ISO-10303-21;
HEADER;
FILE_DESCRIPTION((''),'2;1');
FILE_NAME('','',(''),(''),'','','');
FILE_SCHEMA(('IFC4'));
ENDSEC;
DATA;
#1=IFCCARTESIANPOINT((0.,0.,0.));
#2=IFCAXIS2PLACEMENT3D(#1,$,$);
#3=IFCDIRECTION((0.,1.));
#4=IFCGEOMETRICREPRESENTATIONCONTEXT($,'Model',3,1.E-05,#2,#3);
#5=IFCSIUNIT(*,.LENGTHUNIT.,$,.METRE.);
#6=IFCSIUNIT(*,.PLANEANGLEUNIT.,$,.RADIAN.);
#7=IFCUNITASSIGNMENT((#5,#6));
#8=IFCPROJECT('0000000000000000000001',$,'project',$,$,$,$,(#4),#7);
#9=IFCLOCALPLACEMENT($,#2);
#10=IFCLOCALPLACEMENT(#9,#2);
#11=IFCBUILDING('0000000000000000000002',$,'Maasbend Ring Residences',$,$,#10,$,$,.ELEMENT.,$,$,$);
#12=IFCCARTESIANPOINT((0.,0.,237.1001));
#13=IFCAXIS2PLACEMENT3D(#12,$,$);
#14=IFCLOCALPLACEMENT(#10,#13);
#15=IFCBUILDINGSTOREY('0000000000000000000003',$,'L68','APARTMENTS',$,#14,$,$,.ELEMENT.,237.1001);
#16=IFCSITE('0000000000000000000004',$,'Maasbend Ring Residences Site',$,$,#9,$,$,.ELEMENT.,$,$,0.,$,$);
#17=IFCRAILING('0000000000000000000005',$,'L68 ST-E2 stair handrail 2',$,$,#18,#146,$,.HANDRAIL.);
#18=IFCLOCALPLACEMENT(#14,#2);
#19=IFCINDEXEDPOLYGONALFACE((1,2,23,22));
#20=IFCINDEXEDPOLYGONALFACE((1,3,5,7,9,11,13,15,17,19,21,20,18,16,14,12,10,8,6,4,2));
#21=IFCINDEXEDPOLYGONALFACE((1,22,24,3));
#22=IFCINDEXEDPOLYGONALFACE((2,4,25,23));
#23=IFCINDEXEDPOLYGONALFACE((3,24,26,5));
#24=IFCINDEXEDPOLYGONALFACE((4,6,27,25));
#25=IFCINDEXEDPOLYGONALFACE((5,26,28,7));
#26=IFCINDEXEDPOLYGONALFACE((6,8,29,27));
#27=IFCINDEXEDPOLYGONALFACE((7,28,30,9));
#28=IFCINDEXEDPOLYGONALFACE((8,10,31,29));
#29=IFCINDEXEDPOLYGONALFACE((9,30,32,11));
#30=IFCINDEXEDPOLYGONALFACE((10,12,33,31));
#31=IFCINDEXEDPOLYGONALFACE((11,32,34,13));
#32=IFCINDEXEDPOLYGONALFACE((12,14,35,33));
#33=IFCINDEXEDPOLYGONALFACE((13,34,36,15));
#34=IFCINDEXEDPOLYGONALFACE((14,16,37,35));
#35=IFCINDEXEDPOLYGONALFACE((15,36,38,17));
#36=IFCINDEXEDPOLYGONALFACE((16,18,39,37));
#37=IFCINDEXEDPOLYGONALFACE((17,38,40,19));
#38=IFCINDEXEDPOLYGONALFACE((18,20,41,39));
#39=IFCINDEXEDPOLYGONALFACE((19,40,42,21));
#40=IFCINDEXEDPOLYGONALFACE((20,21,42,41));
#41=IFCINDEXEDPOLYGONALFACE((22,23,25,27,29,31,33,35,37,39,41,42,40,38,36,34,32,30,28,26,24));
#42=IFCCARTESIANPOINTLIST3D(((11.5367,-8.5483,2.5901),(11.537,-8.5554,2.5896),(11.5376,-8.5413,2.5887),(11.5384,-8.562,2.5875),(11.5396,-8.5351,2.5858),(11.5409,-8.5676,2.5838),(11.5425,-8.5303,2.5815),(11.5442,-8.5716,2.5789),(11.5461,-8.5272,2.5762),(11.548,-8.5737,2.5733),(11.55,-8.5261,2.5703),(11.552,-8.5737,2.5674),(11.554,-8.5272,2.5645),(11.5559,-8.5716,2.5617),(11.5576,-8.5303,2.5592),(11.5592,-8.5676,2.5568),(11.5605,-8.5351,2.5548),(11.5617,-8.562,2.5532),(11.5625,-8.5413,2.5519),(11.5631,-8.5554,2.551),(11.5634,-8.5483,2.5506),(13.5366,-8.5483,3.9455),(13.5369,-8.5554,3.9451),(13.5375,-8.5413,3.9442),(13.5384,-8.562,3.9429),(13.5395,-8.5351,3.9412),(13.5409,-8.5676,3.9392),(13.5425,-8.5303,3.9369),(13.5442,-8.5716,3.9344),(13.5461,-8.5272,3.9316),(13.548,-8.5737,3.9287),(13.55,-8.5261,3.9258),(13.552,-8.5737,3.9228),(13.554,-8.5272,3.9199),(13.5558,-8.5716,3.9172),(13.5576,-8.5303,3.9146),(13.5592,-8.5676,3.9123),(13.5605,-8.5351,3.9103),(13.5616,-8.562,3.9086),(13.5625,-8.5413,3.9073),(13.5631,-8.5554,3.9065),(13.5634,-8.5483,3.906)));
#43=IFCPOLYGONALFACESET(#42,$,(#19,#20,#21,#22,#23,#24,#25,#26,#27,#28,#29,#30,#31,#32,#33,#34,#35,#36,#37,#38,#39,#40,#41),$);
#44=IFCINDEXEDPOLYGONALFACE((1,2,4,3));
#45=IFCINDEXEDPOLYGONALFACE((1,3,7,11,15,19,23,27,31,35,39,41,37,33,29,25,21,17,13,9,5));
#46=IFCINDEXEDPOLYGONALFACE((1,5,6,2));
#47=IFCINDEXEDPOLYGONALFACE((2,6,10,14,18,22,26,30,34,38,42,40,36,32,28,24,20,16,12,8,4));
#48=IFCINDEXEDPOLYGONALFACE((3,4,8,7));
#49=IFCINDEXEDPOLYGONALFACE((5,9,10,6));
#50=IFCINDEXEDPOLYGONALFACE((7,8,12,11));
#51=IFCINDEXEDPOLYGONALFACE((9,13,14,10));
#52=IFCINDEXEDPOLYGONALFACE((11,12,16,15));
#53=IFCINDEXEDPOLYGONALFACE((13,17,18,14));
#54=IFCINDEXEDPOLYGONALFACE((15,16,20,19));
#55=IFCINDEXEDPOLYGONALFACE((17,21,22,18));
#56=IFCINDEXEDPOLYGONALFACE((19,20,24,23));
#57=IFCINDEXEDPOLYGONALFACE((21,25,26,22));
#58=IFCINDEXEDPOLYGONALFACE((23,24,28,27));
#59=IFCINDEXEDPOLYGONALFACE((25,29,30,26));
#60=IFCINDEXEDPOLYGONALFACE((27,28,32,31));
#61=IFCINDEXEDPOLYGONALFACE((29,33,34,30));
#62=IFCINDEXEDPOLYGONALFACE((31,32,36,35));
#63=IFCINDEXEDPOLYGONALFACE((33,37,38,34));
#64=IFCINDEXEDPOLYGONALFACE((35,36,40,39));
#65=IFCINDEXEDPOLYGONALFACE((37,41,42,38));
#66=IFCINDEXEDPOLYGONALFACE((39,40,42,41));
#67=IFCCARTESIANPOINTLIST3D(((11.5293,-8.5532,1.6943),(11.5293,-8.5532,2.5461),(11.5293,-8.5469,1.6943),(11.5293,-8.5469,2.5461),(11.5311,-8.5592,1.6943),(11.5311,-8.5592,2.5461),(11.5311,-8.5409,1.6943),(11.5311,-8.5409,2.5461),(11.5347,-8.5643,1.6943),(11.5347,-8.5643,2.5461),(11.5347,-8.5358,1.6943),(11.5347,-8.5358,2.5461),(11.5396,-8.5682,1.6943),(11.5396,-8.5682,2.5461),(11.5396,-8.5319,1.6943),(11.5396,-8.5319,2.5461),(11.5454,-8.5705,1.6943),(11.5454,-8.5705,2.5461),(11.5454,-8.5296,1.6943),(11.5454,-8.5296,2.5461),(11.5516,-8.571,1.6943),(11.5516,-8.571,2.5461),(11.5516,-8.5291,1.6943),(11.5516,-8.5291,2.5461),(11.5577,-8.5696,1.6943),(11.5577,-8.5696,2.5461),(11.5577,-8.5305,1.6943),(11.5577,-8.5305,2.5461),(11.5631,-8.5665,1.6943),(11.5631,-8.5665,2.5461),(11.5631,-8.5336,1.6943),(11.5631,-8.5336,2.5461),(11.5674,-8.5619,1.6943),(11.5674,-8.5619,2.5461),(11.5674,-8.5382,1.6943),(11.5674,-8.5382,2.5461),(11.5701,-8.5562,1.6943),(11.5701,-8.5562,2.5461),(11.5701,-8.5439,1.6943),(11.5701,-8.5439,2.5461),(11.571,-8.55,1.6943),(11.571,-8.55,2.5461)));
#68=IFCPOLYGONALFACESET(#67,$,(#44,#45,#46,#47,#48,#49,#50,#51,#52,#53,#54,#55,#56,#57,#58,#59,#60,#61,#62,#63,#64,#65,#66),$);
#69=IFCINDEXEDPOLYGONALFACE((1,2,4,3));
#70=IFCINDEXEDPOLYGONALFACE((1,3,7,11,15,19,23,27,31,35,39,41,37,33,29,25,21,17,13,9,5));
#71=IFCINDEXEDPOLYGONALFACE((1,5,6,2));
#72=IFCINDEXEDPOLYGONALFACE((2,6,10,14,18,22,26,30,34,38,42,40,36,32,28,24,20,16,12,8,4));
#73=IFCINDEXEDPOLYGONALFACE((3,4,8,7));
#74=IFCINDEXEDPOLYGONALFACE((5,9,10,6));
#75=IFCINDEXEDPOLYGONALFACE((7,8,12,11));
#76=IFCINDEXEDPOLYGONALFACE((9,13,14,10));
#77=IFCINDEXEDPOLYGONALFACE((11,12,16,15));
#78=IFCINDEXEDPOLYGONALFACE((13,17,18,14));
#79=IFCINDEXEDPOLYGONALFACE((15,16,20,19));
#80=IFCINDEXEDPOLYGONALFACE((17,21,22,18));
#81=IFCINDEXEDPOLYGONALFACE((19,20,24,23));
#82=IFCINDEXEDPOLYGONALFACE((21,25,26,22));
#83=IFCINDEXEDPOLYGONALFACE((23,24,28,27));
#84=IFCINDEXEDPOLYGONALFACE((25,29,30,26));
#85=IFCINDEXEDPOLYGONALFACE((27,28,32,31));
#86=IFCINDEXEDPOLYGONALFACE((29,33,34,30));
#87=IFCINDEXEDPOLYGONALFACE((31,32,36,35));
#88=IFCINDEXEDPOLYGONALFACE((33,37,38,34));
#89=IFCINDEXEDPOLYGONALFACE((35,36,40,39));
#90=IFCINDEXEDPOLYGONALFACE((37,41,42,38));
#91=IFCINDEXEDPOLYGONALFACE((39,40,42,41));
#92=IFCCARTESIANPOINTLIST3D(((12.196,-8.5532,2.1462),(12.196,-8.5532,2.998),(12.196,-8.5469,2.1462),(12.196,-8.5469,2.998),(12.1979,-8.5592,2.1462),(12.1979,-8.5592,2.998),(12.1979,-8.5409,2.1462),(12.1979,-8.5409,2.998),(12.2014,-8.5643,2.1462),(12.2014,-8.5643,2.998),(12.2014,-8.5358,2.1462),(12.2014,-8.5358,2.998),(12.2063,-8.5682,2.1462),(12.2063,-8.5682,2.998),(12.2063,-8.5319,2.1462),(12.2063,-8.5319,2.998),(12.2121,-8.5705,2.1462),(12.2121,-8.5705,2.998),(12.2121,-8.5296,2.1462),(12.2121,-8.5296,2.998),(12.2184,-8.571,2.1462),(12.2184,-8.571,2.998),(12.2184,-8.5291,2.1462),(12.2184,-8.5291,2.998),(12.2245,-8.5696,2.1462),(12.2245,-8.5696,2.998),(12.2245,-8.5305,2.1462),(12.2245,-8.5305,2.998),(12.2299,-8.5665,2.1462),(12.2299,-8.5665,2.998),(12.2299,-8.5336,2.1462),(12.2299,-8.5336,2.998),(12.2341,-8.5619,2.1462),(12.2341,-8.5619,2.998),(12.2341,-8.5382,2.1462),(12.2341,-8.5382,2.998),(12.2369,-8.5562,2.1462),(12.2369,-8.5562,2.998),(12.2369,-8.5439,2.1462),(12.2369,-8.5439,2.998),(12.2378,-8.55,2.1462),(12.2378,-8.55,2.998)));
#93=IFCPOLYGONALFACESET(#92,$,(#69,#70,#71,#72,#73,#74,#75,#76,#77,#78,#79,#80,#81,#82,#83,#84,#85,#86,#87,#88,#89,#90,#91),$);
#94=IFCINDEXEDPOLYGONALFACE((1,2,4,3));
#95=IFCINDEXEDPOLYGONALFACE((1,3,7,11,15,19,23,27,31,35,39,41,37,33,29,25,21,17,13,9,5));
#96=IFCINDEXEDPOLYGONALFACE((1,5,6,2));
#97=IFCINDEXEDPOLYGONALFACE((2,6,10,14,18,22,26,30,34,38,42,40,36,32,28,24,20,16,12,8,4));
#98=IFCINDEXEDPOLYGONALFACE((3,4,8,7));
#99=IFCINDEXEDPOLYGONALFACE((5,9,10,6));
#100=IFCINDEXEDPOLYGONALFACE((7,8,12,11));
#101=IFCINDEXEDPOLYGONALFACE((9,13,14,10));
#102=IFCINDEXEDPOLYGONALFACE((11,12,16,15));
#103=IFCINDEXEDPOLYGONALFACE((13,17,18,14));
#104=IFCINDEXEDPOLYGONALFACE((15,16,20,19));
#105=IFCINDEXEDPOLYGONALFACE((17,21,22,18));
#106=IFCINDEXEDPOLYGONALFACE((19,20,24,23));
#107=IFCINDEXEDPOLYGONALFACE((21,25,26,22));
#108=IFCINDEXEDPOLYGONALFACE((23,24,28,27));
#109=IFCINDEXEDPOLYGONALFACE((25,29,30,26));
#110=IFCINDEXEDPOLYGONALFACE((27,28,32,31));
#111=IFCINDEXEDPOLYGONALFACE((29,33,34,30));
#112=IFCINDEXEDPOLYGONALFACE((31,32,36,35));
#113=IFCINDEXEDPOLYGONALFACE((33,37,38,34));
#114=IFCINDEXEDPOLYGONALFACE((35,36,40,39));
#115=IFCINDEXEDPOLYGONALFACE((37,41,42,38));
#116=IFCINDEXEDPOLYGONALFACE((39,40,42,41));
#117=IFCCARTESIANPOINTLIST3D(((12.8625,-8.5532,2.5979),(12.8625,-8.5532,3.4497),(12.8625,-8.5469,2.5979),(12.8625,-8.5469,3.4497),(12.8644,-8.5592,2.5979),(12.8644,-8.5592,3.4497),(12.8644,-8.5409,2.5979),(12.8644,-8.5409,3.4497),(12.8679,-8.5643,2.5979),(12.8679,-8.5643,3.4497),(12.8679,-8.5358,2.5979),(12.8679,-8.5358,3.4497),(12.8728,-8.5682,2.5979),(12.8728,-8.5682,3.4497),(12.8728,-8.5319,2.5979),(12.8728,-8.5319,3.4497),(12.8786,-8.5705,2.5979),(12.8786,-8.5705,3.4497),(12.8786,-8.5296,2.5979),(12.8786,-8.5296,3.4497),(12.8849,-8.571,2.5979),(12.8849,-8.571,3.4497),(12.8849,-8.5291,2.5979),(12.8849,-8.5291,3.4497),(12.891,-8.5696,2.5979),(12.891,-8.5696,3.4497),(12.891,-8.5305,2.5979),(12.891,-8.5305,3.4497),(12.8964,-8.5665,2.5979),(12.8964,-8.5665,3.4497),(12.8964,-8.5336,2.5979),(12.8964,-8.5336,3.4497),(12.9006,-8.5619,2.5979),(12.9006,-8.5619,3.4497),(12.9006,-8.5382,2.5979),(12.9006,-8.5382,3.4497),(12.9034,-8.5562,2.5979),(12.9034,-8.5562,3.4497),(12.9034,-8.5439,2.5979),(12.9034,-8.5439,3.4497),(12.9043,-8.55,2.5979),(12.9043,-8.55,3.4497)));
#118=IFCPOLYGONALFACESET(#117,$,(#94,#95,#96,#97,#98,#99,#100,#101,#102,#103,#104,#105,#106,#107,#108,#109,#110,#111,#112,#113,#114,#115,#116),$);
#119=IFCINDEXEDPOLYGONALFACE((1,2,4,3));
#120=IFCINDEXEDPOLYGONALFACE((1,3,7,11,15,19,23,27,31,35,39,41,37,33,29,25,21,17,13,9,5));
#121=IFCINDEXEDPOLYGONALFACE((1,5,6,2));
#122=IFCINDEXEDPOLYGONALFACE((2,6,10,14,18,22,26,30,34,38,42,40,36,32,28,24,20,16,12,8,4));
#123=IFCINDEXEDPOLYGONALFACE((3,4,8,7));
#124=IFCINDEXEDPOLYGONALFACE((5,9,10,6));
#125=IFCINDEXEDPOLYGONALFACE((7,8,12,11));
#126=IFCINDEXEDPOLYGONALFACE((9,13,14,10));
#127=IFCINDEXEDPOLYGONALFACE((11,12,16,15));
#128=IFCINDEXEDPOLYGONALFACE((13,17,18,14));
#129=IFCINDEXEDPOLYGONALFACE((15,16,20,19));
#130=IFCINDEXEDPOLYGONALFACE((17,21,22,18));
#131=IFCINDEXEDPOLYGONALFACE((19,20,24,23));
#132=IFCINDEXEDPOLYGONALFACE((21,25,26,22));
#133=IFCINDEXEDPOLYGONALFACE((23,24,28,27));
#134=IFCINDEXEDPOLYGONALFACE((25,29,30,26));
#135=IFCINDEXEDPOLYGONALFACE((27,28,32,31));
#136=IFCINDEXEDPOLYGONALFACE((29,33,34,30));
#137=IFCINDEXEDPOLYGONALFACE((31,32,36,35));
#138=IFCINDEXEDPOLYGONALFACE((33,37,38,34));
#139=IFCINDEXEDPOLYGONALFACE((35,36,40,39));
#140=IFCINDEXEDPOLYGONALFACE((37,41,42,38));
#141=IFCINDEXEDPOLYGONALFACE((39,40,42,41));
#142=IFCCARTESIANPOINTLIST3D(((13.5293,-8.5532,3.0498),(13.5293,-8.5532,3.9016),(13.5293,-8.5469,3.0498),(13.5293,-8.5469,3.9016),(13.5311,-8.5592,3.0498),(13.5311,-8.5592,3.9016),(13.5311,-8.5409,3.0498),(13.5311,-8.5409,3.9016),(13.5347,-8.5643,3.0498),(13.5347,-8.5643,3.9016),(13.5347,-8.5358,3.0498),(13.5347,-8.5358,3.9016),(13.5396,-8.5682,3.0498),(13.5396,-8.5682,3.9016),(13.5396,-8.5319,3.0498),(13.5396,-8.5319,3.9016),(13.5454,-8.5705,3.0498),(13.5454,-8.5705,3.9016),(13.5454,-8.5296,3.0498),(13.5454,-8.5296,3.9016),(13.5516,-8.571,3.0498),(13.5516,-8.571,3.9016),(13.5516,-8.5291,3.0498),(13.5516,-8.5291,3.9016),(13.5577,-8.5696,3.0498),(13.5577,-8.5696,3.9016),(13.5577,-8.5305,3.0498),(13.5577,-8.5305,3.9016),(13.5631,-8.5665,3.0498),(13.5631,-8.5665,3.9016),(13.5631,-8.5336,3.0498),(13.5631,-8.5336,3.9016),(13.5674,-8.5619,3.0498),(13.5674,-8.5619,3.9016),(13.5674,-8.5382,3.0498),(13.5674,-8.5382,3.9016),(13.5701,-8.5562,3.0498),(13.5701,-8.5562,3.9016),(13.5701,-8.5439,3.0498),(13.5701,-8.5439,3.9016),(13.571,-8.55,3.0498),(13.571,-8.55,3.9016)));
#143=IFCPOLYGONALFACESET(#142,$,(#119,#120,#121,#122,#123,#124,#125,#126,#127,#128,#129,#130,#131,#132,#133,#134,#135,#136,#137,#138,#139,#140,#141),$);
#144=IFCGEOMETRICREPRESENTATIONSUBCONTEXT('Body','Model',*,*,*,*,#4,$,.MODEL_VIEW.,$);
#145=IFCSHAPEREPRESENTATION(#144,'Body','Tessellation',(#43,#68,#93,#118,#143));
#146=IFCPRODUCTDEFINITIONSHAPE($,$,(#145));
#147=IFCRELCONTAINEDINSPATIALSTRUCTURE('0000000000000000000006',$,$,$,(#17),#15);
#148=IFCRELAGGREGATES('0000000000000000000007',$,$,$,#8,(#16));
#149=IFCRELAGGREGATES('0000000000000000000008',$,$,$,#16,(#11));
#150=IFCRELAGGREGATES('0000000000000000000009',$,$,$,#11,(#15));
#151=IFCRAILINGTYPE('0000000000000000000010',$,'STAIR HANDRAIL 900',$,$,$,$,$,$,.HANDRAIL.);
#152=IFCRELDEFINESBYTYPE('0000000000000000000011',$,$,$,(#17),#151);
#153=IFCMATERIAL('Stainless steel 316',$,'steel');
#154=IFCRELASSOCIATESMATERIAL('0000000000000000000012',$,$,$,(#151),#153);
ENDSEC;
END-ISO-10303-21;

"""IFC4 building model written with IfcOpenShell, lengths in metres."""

from ifc_helpers import new_model, si_unit, direction, frame, origin, origin_2d, place, context, subcontext, project, spatial, circle, extrude, material, type_object, element, save


model = new_model("IFC4")

# Units and contexts
model_context = context("Model", 3, precision=1e-05, world=origin(), true_north=direction((0.0, 1.0)))
body_context = subcontext(model_context, "Body", "Model", "MODEL_VIEW")
ifc_project = project(units=[si_unit("LENGTHUNIT", "METRE"), si_unit("PLANEANGLEUNIT", "RADIAN")], contexts=[model_context])

# Site, building, storey
site_placement = place(None, origin())
site = spatial("IfcSite", under=ifc_project, at=site_placement, Name="Maasbend Ring Residences Site", CompositionType="ELEMENT", RefElevation=0.0)
building_placement = place(site_placement, origin())
building = spatial("IfcBuilding", under=site, at=building_placement, Name="Maasbend Ring Residences", CompositionType="ELEMENT")
storey_placement = place(building_placement, frame((0.0, 0.0, 237.1001)))
storey = spatial("IfcBuildingStorey", under=building, at=storey_placement, Name="L68", Description="APARTMENTS", CompositionType="ELEMENT", Elevation=237.1001)

# Railing
ifc_material_1 = material(Name="Stainless steel 316", Category="steel")
railing_type = type_object("IfcRailingType", Name="STAIR HANDRAIL 900", PredefinedType="HANDRAIL", material=ifc_material_1)
railing_1_placement = place(storey_placement, frame((11.55, -8.55, 1.6943)))
element("IfcRailing", 1, at=railing_1_placement, inside=storey, type_object=railing_type, Name="L68 ST-E2 stair handrail 2", PredefinedType="HANDRAIL", context=body_context, shape_type="SweptSolid", body=[
    extrude(circle(Radius=0.0239, at=origin_2d()), frame((0.0, 0.0, 0.876), z_axis=(0.827798, 0.0, 0.561027), x_axis=(0.0, 1.0, 0.0)), (0.0, 0.0, 1.0), 2.416),
    extrude(circle(Radius=0.021, at=origin_2d()), origin(), (0.0, 0.0, 1.0), 0.8518),
    extrude(circle(Radius=0.021, at=origin_2d()), frame((0.6667, 0.0, 0.4519)), (0.0, 0.0, 1.0), 0.8518),
    extrude(circle(Radius=0.021, at=origin_2d()), frame((1.3333, 0.0, 0.9036)), (0.0, 0.0, 1.0), 0.8518),
    extrude(circle(Radius=0.021, at=origin_2d()), frame((2.0, 0.0, 1.3555)), (0.0, 0.0, 1.0), 0.8518),
])

save(model, "model.ifc")
